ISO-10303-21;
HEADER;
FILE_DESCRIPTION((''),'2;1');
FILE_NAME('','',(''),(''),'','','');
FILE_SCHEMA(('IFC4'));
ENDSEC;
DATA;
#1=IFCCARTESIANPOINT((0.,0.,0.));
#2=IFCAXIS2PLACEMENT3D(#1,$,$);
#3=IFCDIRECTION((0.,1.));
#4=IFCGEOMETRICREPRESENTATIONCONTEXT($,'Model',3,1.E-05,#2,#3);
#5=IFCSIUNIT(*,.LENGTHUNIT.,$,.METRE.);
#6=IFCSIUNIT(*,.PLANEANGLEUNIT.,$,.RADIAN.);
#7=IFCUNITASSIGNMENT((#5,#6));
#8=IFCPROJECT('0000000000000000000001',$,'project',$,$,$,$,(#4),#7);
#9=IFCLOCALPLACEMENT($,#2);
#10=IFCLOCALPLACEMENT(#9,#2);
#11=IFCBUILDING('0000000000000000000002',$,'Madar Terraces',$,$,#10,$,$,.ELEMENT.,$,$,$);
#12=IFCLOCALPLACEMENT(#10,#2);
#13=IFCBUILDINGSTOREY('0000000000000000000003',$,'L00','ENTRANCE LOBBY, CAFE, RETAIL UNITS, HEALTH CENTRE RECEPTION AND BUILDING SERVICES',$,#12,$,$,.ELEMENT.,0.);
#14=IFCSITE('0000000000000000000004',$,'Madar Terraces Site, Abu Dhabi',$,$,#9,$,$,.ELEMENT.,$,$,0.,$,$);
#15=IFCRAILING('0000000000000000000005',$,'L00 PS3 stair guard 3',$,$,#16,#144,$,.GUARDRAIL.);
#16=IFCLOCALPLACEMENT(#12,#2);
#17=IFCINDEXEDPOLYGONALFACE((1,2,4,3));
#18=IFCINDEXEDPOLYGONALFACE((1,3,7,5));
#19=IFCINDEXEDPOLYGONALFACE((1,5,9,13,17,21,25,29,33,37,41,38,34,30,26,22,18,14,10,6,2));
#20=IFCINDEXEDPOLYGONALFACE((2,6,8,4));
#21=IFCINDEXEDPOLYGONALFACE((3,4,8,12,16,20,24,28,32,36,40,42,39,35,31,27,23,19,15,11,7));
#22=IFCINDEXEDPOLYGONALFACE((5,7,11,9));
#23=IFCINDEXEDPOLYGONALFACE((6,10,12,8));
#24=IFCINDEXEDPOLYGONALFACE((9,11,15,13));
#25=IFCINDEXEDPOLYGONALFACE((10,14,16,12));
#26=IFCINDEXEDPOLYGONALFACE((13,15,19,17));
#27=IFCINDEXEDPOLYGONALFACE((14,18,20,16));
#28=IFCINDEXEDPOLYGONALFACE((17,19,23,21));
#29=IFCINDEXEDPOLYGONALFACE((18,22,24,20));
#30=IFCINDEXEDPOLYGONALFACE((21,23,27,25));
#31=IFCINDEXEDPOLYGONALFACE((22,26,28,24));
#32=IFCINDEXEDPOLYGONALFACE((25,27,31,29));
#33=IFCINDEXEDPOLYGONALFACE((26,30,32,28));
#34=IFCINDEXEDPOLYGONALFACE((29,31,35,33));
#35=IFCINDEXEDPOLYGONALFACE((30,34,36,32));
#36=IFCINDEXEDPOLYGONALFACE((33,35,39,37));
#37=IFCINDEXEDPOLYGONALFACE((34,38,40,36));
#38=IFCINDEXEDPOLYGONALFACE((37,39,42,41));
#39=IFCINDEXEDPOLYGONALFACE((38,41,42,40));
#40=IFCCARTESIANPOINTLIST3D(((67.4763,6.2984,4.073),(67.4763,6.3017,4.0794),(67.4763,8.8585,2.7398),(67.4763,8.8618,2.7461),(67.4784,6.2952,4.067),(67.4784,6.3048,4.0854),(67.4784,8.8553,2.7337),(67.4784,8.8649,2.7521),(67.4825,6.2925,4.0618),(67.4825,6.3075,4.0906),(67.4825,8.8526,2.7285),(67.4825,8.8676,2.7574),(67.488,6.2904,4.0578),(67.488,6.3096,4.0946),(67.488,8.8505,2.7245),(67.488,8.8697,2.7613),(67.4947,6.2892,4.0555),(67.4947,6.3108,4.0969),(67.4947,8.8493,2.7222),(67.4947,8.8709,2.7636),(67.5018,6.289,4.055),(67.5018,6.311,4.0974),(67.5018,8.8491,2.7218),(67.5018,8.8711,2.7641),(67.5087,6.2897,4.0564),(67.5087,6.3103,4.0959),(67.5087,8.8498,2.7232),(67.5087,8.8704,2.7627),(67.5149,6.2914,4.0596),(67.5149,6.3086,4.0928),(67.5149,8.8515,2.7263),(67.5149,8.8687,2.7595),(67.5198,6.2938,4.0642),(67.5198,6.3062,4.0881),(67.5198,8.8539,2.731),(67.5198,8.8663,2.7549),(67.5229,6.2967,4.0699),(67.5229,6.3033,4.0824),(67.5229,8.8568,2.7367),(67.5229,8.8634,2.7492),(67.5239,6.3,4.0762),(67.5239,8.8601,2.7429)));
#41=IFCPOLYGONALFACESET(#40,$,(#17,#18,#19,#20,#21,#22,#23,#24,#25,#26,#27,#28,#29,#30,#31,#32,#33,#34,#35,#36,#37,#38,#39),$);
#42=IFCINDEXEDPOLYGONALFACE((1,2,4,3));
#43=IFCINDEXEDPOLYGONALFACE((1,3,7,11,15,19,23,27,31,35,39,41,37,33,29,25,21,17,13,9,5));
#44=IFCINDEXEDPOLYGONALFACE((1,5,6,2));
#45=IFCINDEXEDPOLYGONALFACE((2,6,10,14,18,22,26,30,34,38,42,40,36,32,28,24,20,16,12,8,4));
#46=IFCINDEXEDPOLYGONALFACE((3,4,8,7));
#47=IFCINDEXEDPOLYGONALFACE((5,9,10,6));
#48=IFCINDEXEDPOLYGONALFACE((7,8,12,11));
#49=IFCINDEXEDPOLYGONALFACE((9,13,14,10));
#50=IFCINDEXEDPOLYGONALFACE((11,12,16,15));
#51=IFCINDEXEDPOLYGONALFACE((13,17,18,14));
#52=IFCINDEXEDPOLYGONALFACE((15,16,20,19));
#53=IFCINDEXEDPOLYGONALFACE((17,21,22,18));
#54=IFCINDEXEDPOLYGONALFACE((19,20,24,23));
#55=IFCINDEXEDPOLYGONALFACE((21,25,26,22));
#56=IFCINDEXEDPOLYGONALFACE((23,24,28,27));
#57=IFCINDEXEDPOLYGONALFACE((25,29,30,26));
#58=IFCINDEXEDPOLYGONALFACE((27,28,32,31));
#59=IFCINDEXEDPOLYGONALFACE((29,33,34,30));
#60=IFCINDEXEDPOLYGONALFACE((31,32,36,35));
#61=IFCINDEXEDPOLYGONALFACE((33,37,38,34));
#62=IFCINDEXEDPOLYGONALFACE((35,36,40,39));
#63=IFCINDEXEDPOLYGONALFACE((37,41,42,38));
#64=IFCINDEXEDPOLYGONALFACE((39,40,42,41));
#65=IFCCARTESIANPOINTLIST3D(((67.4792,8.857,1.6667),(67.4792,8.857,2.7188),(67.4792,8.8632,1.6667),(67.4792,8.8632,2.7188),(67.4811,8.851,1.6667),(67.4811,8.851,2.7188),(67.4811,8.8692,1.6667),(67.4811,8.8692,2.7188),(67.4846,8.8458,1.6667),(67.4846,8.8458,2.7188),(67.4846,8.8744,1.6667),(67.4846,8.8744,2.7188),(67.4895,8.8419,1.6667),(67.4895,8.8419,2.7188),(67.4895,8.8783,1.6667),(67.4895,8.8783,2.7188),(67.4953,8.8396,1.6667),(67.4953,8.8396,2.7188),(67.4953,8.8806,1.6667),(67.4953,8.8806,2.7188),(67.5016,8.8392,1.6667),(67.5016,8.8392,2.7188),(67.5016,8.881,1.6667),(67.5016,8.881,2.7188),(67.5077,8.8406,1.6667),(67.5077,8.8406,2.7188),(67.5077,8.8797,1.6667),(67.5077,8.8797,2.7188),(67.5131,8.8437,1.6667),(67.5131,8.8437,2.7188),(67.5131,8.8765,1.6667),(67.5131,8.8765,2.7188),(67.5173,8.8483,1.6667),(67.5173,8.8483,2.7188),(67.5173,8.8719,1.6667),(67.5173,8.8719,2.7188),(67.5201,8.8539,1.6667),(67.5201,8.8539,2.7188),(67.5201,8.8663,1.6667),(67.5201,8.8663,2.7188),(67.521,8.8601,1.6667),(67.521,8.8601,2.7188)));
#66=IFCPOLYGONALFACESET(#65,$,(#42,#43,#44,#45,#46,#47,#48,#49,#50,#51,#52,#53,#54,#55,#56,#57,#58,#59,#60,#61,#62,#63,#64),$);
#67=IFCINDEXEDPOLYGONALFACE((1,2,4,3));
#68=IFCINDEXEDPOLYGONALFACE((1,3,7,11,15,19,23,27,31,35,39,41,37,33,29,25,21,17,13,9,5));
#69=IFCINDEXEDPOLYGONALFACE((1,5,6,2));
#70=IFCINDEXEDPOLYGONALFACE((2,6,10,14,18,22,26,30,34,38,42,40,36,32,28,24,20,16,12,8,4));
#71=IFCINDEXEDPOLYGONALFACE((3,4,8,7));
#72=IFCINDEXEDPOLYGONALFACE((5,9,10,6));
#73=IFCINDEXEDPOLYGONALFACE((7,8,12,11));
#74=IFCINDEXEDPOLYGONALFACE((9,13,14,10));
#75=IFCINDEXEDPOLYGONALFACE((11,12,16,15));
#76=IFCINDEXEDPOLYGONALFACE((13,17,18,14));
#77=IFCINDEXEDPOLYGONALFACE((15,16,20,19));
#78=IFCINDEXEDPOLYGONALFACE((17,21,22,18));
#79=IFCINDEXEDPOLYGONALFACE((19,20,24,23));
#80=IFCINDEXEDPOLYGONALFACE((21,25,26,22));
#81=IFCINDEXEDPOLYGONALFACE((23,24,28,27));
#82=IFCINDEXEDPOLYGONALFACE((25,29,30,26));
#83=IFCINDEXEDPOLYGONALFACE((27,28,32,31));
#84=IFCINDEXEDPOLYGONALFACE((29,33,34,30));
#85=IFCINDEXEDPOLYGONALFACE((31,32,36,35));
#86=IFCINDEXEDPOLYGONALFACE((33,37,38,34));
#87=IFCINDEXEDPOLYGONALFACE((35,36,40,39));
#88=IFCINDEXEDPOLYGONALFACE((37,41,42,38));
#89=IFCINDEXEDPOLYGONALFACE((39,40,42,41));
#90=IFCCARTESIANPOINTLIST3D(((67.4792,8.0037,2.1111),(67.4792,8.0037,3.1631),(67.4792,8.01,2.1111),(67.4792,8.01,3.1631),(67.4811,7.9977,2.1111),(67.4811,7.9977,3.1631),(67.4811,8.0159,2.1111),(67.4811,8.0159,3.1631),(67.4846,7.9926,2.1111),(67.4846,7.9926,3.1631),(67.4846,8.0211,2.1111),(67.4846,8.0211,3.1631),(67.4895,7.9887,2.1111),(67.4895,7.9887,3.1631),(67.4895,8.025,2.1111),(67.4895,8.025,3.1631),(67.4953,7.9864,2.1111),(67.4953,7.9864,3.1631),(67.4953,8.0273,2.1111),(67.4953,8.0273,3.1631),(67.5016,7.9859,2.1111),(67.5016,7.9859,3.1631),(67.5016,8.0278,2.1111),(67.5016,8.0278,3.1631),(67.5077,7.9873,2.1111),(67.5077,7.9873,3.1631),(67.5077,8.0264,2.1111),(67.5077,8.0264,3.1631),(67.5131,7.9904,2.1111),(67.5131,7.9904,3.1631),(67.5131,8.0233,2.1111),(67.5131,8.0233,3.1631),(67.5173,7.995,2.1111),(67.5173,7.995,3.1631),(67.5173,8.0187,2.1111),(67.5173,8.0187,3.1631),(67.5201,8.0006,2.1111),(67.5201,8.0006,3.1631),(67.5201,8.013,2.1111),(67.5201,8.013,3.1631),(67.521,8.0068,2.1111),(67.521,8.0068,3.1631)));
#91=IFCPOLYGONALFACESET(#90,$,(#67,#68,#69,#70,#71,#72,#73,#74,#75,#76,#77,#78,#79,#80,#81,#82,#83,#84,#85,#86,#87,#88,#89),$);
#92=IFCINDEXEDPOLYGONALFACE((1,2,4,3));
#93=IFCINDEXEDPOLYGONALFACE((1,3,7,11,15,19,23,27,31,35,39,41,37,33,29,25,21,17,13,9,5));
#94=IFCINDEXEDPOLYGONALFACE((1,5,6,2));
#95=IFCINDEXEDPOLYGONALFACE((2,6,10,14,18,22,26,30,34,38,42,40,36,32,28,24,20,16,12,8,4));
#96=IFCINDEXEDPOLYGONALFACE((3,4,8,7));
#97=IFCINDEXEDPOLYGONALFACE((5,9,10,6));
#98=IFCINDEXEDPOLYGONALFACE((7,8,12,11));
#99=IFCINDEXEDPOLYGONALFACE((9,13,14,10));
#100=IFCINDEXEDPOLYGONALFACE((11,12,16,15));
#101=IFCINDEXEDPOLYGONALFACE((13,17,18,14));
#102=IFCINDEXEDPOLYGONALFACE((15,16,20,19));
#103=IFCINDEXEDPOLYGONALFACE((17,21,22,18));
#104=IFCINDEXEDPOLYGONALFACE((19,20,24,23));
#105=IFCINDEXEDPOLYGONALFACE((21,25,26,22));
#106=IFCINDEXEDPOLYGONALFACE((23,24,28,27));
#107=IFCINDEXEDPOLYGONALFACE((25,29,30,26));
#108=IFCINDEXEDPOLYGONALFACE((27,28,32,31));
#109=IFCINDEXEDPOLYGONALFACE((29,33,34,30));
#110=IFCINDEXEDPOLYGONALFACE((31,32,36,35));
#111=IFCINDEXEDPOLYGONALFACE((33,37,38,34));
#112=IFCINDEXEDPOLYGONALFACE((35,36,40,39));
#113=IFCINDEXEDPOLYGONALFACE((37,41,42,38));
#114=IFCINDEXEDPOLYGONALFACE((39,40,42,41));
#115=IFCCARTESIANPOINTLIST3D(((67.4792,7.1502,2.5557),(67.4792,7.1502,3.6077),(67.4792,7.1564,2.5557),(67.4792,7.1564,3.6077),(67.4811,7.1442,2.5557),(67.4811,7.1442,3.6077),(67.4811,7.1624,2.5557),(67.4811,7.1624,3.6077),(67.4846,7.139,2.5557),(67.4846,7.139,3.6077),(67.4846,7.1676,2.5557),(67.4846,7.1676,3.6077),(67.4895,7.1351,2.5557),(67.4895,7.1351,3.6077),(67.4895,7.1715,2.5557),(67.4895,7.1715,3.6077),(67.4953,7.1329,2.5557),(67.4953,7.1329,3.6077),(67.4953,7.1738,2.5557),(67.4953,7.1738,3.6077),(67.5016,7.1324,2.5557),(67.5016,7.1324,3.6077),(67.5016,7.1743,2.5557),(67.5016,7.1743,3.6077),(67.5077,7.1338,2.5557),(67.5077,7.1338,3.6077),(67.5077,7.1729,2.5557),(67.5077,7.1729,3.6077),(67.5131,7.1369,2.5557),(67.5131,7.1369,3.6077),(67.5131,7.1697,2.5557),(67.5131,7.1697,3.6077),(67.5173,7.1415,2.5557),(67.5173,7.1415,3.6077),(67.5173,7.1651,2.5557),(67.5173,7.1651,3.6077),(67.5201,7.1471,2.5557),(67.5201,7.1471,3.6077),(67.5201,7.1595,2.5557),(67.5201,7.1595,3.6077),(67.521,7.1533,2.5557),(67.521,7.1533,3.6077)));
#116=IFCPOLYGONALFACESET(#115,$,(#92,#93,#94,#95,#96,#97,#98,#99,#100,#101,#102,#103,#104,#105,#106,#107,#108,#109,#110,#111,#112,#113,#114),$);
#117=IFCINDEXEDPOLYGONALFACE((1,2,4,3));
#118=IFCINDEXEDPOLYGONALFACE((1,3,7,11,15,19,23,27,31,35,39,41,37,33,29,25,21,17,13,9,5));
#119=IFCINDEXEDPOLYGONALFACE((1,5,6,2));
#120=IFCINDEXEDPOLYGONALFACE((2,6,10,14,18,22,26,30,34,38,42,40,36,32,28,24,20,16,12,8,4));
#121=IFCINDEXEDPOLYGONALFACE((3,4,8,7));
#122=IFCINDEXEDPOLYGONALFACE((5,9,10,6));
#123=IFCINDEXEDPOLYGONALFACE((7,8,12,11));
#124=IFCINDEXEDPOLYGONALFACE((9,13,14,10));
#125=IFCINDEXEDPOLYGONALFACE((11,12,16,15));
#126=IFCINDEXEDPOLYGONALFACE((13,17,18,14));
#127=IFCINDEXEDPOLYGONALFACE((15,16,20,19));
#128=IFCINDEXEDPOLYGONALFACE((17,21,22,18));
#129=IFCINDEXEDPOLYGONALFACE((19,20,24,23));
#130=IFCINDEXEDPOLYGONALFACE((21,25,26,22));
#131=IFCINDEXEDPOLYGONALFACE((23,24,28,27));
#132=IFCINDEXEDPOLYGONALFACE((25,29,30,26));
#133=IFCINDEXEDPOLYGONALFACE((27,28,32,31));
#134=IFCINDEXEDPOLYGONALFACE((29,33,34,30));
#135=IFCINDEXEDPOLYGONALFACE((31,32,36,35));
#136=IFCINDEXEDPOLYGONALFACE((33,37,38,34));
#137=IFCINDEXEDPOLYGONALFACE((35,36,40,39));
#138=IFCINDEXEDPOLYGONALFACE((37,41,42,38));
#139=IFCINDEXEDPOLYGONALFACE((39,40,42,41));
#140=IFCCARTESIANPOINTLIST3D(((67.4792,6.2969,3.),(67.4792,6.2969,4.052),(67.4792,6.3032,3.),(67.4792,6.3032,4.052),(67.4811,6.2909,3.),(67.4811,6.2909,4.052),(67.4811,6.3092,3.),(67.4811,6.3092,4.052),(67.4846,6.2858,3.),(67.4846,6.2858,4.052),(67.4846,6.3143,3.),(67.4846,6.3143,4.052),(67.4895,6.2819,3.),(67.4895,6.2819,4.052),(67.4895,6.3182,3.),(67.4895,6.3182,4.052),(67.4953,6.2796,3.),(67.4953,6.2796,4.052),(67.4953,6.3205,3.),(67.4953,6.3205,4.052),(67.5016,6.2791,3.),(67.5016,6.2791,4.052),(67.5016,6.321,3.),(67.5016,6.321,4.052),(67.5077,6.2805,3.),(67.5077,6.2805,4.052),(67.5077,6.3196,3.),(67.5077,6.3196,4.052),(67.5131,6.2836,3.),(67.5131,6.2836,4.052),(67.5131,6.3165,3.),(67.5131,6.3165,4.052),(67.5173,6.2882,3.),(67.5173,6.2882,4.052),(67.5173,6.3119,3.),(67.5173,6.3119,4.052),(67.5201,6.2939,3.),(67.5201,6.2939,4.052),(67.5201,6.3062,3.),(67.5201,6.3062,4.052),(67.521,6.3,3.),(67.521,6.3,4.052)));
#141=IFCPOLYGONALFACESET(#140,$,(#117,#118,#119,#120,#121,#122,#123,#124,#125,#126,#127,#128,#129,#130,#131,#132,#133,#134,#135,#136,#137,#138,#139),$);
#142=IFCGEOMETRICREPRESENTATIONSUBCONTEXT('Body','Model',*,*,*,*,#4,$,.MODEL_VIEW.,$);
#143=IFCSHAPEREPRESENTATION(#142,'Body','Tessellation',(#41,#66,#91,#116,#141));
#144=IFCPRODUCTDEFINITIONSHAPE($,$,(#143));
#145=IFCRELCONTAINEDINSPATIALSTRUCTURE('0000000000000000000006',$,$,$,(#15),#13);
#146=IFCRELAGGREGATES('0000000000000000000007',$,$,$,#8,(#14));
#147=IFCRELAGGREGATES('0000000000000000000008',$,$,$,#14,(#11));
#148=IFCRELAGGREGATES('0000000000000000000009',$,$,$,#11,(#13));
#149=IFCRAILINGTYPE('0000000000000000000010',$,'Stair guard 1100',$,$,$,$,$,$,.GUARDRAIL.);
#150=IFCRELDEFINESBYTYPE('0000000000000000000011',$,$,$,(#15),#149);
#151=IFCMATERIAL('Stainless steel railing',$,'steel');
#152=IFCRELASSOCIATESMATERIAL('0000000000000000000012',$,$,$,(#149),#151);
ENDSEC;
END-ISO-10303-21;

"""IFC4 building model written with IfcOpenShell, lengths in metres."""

from ifc_helpers import new_model, si_unit, direction, frame, origin, origin_2d, place, context, subcontext, project, spatial, circle, extrude, material, type_object, element, save


model = new_model("IFC4")

# Units and contexts
model_context = context("Model", 3, precision=1e-05, world=origin(), true_north=direction((0.0, 1.0)))
body_context = subcontext(model_context, "Body", "Model", "MODEL_VIEW")
ifc_project = project(units=[si_unit("LENGTHUNIT", "METRE"), si_unit("PLANEANGLEUNIT", "RADIAN")], contexts=[model_context])

# Site, building, storey
site_placement = place(None, origin())
site = spatial("IfcSite", under=ifc_project, at=site_placement, Name="Madar Terraces Site, Abu Dhabi", CompositionType="ELEMENT", RefElevation=0.0)
building_placement = place(site_placement, origin())
building = spatial("IfcBuilding", under=site, at=building_placement, Name="Madar Terraces", CompositionType="ELEMENT")
storey_placement = place(building_placement, origin())
storey = spatial("IfcBuildingStorey", under=building, at=storey_placement, Name="L00", Description="ENTRANCE LOBBY, CAFE, RETAIL UNITS, HEALTH CENTRE RECEPTION AND BUILDING SERVICES", CompositionType="ELEMENT", Elevation=0.0)

# Railing
ifc_material_1 = material(Name="Stainless steel railing", Category="steel")
railing_type_1 = type_object("IfcRailingType", Name="Stair guard 1100", PredefinedType="GUARDRAIL", material=ifc_material_1)
railing_1_placement = place(storey_placement, frame((67.5, 8.8601, 1.6667)))
element("IfcRailing", 1, at=railing_1_placement, inside=storey, type_object=railing_type_1, Name="L00 PS3 stair guard 3", PredefinedType="GUARDRAIL", context=body_context, shape_type="SweptSolid", body=[
    extrude(circle(Radius=0.0239, at=origin_2d()), frame((0.0, 0.0, 1.0762), z_axis=(0.0, -0.88693, 0.461904), x_axis=(1.0, 0.0, 0.0)), (0.0, 0.0, 1.0), 2.8865),
    extrude(circle(Radius=0.021, at=origin_2d()), origin(), (0.0, 0.0, 1.0), 1.052),
    extrude(circle(Radius=0.021, at=origin_2d()), frame((0.0, -0.8533, 0.4443)), (0.0, 0.0, 1.0), 1.052),
    extrude(circle(Radius=0.021, at=origin_2d()), frame((0.0, -1.7068, 0.8889)), (0.0, 0.0, 1.0), 1.052),
    extrude(circle(Radius=0.021, at=origin_2d()), frame((0.0, -2.5601, 1.3333)), (0.0, 0.0, 1.0), 1.052),
])

save(model, "model.ifc")
